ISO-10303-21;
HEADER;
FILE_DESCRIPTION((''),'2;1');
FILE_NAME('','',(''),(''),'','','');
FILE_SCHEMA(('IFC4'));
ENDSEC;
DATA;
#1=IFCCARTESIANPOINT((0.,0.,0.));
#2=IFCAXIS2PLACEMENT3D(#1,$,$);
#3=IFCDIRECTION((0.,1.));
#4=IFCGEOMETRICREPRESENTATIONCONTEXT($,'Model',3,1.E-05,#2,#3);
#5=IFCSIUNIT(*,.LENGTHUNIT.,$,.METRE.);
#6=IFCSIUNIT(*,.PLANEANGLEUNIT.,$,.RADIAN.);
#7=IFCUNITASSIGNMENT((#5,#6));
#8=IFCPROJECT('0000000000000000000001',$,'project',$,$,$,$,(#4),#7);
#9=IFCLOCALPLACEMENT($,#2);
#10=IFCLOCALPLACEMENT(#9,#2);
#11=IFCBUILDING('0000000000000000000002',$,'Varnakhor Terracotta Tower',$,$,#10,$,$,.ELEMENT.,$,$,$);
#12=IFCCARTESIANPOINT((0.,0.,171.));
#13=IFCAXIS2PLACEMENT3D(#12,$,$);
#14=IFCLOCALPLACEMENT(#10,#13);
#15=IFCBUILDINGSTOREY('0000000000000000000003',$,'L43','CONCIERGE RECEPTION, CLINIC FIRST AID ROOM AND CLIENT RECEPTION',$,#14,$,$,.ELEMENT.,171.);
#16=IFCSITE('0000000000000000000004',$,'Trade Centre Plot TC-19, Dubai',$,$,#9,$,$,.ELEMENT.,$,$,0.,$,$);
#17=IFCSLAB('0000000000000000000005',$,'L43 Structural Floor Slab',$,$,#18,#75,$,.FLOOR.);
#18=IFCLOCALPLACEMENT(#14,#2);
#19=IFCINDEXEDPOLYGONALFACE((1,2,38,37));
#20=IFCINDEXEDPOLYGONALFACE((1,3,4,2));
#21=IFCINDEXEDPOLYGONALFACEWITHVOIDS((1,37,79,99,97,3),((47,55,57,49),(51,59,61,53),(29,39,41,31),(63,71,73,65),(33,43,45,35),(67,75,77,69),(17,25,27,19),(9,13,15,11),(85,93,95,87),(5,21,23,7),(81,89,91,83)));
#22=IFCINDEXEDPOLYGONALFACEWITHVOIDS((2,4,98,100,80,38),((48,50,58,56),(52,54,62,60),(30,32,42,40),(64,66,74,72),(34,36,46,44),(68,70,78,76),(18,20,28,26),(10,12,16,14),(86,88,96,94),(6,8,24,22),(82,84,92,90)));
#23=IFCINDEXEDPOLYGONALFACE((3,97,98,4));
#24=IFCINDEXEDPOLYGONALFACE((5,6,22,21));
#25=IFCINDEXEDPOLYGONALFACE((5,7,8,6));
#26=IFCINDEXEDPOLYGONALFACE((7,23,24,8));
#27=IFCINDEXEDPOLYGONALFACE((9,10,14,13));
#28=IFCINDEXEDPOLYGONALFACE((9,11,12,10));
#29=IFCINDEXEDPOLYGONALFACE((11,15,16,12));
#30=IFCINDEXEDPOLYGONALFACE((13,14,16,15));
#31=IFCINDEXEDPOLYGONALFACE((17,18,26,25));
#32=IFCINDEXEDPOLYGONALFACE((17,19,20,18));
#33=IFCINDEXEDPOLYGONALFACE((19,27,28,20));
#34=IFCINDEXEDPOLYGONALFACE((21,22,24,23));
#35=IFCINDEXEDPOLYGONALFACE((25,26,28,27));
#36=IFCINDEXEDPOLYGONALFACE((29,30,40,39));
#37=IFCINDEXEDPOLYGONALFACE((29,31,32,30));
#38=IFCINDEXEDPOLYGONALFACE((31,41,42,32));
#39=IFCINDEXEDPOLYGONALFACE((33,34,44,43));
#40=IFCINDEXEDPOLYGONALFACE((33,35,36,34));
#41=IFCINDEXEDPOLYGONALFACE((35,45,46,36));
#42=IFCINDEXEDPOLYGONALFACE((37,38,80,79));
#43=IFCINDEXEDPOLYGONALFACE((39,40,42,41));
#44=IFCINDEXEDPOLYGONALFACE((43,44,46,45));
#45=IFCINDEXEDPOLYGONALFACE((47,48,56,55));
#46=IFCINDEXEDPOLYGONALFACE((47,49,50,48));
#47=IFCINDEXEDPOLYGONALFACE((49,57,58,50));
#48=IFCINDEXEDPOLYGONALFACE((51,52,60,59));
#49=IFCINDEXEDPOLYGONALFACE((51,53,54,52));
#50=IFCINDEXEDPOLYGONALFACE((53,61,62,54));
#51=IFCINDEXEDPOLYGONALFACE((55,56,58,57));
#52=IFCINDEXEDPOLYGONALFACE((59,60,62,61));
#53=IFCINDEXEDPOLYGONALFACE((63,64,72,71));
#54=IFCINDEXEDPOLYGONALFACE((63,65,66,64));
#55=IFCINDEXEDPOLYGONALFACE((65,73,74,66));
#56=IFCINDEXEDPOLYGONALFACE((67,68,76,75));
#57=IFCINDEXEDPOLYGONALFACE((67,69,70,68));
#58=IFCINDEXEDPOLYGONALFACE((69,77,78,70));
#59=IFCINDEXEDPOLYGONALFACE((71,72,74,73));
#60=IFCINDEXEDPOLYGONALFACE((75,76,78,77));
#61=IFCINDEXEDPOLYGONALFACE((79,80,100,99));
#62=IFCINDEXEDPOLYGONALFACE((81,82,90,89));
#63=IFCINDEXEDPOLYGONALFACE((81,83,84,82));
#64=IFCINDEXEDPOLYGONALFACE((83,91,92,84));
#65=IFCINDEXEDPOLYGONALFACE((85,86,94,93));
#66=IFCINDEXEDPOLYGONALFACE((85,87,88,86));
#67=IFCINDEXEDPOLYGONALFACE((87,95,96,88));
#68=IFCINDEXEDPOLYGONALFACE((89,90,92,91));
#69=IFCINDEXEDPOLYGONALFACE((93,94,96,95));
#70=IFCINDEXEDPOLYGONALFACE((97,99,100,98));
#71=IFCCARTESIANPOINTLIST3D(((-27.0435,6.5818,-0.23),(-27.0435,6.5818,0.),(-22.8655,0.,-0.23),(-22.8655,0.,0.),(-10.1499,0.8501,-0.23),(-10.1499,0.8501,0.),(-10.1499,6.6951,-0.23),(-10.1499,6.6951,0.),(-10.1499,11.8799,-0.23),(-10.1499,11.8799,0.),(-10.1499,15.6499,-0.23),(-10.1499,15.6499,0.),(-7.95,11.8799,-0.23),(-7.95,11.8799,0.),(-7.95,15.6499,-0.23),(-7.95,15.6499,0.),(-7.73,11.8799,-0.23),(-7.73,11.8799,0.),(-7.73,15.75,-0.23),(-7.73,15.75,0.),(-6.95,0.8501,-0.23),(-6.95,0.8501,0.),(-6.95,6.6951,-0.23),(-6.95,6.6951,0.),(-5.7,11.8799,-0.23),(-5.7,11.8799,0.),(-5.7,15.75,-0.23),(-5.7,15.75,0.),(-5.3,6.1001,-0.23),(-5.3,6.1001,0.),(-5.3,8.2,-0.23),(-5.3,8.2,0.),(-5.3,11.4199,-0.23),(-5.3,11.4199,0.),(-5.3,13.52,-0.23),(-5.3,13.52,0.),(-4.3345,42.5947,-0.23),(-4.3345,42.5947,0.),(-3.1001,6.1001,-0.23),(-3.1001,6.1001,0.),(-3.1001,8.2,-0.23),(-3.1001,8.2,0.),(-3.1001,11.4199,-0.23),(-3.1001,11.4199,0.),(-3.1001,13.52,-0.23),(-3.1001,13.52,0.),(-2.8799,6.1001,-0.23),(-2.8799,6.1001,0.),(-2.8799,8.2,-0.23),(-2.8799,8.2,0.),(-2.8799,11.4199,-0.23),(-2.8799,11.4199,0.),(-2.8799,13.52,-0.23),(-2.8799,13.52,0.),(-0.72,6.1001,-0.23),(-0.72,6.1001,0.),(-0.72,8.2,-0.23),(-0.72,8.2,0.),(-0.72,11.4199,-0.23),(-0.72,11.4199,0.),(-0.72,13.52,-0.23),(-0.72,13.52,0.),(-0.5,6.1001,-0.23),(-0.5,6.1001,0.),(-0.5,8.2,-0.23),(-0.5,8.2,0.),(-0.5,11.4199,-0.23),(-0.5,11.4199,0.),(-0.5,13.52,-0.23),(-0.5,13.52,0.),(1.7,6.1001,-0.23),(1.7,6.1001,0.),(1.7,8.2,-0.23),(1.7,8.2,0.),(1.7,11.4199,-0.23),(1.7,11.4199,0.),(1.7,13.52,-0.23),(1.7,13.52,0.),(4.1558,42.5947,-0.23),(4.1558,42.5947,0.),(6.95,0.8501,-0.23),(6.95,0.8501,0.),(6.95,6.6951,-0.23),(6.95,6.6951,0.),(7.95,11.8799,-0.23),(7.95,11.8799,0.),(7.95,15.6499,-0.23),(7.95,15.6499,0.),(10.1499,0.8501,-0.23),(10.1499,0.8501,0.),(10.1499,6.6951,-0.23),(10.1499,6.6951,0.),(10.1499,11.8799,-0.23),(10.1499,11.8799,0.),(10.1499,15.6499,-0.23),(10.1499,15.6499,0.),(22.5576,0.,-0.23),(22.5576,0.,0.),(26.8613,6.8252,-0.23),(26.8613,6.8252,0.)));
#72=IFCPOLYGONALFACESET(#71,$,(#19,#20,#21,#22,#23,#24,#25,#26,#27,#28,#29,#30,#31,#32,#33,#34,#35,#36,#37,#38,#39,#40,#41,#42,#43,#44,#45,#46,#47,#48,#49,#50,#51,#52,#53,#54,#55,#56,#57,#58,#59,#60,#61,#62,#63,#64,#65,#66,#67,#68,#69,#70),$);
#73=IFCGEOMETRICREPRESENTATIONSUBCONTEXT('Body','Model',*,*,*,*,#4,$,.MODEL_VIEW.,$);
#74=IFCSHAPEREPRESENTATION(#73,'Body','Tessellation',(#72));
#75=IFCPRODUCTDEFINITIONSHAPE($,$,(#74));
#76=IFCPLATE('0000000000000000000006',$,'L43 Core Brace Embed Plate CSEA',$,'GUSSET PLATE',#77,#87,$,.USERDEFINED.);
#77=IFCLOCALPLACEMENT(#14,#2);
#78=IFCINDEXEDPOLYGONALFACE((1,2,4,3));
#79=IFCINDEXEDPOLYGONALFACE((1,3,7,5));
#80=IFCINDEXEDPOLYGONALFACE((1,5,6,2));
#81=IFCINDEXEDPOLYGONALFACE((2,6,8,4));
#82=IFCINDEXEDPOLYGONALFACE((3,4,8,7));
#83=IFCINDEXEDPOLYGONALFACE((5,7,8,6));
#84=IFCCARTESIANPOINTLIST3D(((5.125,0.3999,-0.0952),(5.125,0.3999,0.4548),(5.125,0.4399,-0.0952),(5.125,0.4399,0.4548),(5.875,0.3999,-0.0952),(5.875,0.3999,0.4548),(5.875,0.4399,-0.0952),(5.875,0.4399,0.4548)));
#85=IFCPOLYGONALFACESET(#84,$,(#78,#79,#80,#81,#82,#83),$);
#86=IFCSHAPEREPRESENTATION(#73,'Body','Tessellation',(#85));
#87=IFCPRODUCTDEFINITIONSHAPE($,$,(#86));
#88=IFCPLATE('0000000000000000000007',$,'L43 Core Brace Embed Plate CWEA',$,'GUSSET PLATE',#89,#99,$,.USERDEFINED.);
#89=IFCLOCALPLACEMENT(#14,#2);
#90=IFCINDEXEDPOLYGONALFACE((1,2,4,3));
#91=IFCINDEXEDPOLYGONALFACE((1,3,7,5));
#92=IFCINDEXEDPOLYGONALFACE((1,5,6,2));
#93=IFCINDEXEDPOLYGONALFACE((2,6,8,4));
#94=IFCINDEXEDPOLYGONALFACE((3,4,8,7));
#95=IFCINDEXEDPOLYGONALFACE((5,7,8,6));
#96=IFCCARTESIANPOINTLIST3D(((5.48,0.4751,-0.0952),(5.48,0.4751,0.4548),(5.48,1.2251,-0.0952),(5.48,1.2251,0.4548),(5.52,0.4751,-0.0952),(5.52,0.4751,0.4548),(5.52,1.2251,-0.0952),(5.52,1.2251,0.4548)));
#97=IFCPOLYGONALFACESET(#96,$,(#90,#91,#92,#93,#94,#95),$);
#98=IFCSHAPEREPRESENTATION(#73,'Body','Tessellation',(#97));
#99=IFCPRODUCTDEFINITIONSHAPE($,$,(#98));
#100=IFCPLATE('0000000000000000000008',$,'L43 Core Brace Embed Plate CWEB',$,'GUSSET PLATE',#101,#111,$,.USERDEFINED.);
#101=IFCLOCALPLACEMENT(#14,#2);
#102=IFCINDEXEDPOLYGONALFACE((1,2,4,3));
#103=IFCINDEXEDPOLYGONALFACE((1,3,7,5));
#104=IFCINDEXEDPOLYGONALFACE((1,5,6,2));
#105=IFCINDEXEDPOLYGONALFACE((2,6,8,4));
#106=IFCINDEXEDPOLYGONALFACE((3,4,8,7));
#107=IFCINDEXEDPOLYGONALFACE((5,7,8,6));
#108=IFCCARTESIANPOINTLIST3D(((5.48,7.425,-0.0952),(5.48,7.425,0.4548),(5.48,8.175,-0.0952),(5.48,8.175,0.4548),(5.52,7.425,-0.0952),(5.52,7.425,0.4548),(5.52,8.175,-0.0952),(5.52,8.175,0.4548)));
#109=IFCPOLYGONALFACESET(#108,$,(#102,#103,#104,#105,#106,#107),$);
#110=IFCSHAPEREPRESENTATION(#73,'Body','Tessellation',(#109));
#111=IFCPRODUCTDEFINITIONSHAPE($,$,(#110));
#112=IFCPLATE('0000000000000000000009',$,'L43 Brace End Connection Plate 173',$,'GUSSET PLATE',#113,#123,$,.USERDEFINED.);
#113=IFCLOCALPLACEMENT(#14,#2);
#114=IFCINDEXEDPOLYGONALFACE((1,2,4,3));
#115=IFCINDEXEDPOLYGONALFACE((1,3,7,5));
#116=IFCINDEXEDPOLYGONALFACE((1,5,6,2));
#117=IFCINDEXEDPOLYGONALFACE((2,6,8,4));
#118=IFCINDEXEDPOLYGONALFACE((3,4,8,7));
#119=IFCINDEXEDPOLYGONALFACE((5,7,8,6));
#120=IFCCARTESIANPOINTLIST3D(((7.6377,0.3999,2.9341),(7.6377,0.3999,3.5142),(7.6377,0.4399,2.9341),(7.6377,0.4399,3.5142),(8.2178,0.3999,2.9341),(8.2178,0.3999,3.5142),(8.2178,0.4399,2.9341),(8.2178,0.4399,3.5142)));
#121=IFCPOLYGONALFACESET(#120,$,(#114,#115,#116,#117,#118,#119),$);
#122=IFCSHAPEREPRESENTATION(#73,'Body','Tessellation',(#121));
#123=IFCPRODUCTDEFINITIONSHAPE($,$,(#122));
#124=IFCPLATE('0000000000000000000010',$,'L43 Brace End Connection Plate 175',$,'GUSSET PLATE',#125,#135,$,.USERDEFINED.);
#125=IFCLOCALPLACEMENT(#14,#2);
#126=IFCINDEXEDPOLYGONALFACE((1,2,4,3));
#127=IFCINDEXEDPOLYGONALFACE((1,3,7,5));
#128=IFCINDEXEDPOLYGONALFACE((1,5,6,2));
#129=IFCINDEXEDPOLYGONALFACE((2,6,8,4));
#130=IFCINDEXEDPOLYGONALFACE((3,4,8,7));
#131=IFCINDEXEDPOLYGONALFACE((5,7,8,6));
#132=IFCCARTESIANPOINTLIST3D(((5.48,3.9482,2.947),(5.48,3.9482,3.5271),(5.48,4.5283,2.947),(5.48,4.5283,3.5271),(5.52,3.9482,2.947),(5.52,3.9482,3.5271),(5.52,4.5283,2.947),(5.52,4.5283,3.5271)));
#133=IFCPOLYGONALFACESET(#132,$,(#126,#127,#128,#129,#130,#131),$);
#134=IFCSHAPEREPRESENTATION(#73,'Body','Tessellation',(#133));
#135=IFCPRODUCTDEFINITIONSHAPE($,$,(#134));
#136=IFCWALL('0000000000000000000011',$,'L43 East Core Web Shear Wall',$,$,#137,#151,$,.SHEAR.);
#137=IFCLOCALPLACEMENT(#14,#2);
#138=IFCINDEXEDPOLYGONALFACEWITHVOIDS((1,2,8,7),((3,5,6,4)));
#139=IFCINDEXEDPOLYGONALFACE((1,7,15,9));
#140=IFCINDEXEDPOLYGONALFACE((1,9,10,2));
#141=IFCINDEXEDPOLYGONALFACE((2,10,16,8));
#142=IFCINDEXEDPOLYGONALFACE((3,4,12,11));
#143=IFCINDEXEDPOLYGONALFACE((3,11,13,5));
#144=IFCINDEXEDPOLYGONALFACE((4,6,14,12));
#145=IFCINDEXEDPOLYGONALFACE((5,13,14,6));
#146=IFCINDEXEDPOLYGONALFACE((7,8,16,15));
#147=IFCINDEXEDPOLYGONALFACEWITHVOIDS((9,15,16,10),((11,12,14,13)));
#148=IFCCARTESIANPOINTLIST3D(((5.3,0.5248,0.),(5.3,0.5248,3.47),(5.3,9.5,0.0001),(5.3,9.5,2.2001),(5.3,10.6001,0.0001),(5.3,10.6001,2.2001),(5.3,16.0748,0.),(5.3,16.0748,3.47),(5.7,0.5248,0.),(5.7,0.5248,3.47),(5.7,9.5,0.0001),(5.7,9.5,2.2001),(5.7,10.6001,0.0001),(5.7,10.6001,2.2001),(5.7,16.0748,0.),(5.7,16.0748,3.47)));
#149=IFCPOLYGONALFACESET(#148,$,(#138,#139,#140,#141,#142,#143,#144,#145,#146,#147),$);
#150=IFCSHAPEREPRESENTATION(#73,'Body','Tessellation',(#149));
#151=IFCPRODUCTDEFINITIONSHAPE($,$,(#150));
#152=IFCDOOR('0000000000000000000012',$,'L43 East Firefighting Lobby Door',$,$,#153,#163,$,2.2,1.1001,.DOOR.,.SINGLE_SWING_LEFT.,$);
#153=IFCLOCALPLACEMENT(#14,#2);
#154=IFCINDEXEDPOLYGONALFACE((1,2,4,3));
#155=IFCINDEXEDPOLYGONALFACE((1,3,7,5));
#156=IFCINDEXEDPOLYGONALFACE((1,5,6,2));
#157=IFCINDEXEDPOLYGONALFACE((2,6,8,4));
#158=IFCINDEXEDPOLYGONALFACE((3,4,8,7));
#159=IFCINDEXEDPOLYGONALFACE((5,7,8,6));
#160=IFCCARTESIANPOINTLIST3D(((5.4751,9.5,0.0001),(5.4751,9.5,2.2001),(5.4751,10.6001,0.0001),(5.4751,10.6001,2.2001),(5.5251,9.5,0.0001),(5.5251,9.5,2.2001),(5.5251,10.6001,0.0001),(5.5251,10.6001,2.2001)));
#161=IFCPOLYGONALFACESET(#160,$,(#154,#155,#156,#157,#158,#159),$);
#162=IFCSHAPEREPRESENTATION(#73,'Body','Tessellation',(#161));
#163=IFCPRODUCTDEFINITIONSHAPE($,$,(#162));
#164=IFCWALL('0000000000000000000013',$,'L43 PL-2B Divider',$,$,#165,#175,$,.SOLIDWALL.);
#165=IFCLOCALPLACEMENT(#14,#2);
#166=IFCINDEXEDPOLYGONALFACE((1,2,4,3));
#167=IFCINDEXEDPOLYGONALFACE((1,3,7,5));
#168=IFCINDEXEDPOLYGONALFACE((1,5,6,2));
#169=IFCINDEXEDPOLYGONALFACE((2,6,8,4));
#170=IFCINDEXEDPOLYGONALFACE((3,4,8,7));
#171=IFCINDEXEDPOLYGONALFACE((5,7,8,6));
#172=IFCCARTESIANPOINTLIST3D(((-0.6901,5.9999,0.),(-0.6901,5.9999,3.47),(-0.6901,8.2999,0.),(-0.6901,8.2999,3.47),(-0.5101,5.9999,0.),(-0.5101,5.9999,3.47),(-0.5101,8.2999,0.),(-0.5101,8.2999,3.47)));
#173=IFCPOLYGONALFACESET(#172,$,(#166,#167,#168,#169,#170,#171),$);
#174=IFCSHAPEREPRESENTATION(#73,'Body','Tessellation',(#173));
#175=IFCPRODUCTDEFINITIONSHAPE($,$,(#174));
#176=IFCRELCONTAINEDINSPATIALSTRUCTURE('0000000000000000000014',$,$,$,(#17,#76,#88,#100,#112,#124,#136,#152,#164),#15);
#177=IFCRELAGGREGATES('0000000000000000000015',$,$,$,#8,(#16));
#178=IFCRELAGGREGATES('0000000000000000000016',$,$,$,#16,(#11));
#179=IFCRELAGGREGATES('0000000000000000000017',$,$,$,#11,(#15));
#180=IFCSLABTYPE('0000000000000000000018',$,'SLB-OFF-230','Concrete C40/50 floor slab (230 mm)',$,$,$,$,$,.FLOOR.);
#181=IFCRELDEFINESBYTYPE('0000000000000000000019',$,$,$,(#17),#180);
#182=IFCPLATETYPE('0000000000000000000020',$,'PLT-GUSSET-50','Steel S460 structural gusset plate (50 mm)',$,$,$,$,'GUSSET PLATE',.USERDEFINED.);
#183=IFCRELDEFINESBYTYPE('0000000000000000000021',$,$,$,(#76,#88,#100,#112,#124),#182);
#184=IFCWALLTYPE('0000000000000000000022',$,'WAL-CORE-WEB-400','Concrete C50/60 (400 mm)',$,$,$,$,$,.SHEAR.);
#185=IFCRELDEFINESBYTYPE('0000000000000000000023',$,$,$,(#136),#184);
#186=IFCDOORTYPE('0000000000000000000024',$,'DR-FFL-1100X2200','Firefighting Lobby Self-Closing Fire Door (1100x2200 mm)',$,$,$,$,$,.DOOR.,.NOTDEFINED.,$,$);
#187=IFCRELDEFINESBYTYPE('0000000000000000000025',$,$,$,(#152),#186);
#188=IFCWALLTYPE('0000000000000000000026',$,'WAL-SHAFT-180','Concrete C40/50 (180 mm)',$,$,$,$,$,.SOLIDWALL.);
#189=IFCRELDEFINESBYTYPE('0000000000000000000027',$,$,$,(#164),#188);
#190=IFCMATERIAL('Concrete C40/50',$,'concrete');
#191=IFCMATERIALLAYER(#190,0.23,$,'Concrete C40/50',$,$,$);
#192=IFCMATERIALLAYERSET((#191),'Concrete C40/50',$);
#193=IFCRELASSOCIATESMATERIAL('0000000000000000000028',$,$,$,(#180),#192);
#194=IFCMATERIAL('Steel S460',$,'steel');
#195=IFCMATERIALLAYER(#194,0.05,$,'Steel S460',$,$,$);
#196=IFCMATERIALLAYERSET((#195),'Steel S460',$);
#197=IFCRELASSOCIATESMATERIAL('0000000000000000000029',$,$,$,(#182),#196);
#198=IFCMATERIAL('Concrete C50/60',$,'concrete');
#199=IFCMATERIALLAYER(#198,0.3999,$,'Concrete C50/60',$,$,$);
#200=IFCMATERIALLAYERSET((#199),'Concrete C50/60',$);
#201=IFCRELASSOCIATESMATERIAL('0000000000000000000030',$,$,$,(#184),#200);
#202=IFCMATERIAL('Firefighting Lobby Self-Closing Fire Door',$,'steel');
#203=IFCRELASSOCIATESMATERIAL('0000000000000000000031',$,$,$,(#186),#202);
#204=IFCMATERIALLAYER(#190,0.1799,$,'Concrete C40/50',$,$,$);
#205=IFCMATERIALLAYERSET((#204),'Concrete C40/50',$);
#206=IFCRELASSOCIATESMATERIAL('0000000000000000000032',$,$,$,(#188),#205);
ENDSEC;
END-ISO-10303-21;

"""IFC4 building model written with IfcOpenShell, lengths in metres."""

from ifc_helpers import new_model, si_unit, direction, frame, frame_2d, origin, origin_2d, place, context, subcontext, project, spatial, polyline, rectangle, outline, extrude, source, transform, mapped, material, layer, layer_set, type_object, type_shapes, element, fill, save


model = new_model("IFC4")

# Units and contexts
model_context = context("Model", 3, precision=1e-05, world=origin(), true_north=direction((0.0, 1.0)))
body_context = subcontext(model_context, "Body", "Model", "MODEL_VIEW")
ifc_project = project(units=[si_unit("LENGTHUNIT", "METRE"), si_unit("PLANEANGLEUNIT", "RADIAN")], contexts=[model_context])

# Site, building, storey
site_placement = place(None, origin())
site = spatial("IfcSite", under=ifc_project, at=site_placement, Name="Trade Centre Plot TC-19, Dubai", CompositionType="ELEMENT", RefElevation=0.0)
building_placement = place(site_placement, origin())
building = spatial("IfcBuilding", under=site, at=building_placement, Name="Varnakhor Terracotta Tower", CompositionType="ELEMENT")
storey_placement = place(building_placement, frame((0.0, 0.0, 171.0)))
storey = spatial("IfcBuildingStorey", under=building, at=storey_placement, Name="L43", Description="CONCIERGE RECEPTION, CLINIC FIRST AID ROOM AND CLIENT RECEPTION", CompositionType="ELEMENT", Elevation=171.0)

# Shared definitions
ifc_material_1 = material(Name="Concrete C50/60", Category="concrete")

# Shared definitions
ifc_material_2 = material(Name="Steel S460", Category="steel")

# Shared definitions
ifc_material_3 = material(Name="Concrete C40/50", Category="concrete")

# Slab
ifc_layer_1 = layer(ifc_material_3, 0.23, Name="Concrete C40/50")
ifc_layer_set_1 = layer_set([ifc_layer_1], Name="Concrete C40/50")
slab_type_1 = type_object("IfcSlabType", Name="SLB-OFF-230", Description="Concrete C40/50 floor slab (230 mm)", PredefinedType="FLOOR", material=ifc_layer_set_1)
slab_1_placement = place(storey_placement, frame((0.0, 0.0, -0.23)))
element("IfcSlab", 1, at=slab_1_placement, inside=storey, type_object=slab_type_1, Name="L43 Structural Floor Slab", PredefinedType="FLOOR", context=body_context, shape_type="SweptSolid", body=[
    extrude(outline(polyline([(-27.0435, 6.5818), (-4.3345, 42.5947), (4.1558, 42.5947), (26.8613, 6.8252), (22.5576, 0.0), (-22.8655, 0.0), (-27.0435, 6.5818)]), holes=[polyline([(-6.95, 0.8501), (-6.95, 6.6951), (-10.1499, 6.6951), (-10.1499, 0.8501), (-6.95, 0.8501)]), polyline([(-3.1001, 6.1001), (-3.1001, 8.2), (-5.3, 8.2), (-5.3, 6.1001), (-3.1001, 6.1001)]), polyline([(-0.72, 6.1001), (-0.72, 8.2), (-2.8799, 8.2), (-2.8799, 6.1001), (-0.72, 6.1001)]), polyline([(-5.3, 11.4199), (-3.1001, 11.4199), (-3.1001, 13.52), (-5.3, 13.52), (-5.3, 11.4199)]), polyline([(-10.1499, 11.8799), (-7.95, 11.8799), (-7.95, 15.6499), (-10.1499, 15.6499), (-10.1499, 11.8799)]), polyline([(-5.7, 11.8799), (-5.7, 15.75), (-7.73, 15.75), (-7.73, 11.8799), (-5.7, 11.8799)]), polyline([(6.95, 0.8501), (10.1499, 0.8501), (10.1499, 6.6951), (6.95, 6.6951), (6.95, 0.8501)]), polyline([(-0.5, 6.1001), (1.7, 6.1001), (1.7, 8.2), (-0.5, 8.2), (-0.5, 6.1001)]), polyline([(-0.72, 11.4199), (-0.72, 13.52), (-2.8799, 13.52), (-2.8799, 11.4199), (-0.72, 11.4199)]), polyline([(-0.5, 11.4199), (1.7, 11.4199), (1.7, 13.52), (-0.5, 13.52), (-0.5, 11.4199)]), polyline([(7.95, 11.8799), (10.1499, 11.8799), (10.1499, 15.6499), (7.95, 15.6499), (7.95, 11.8799)])]), origin(), (0.0, 0.0, 1.0), 0.23),
])

# Plates
ifc_layer_2 = layer(ifc_material_2, 0.05, Name="Steel S460")
ifc_layer_set_2 = layer_set([ifc_layer_2], Name="Steel S460")
plate_type = type_object("IfcPlateType", Name="PLT-GUSSET-50", Description="Steel S460 structural gusset plate (50 mm)", ElementType="GUSSET PLATE", PredefinedType="USERDEFINED", material=ifc_layer_set_2)
shared_shape_1 = source(origin(), body_context, "Body", "SweptSolid", [
    extrude(rectangle(XDim=0.75, YDim=0.04, at=origin_2d()), origin(), (0.0, 0.0, 1.0), 0.55),
])
type_shapes(plate_type, [shared_shape_1])
for number, where, z_axis, x_axis, name in (
    (2, (5.5, 0.4199, -0.0952), (0.0, 0.0, 1.0), (1.0, 0.0, 0.0), "L43 Core Brace Embed Plate CSEA"),
    (3, (5.5, 0.8501, -0.0952), (0.0, 0.0, 1.0), (0.0, 1.0, 0.0), "L43 Core Brace Embed Plate CWEA"),
    (4, (5.5, 7.8, -0.0952), (0.0, 0.0, 1.0), (0.0, 1.0, 0.0), "L43 Core Brace Embed Plate CWEB"),
):
    element("IfcPlate", number, at=place(storey_placement, frame(where, z_axis=z_axis, x_axis=x_axis)), inside=storey, type_object=plate_type, Name=name, ObjectType="GUSSET PLATE", PredefinedType="USERDEFINED", context=body_context, shape_type="MappedRepresentation", body=[
        mapped(shared_shape_1, transform((0.0, 0.0, 0.0), scale=1.0)),
    ])
shared_shape_2 = source(origin(), body_context, "Body", "SweptSolid", [
    extrude(rectangle(XDim=0.5801, YDim=0.04, at=origin_2d()), origin(), (0.0, 0.0, 1.0), 0.5801),
])
for number, where, z_axis, x_axis, name in (
    (5, (7.9277, 0.4199, 2.9341), (0.0, 0.0, 1.0), (1.0, 0.0, 0.0), "L43 Brace End Connection Plate 173"),
    (6, (5.5, 4.2383, 2.947), (0.0, 0.0, 1.0), (0.0, 1.0, 0.0), "L43 Brace End Connection Plate 175"),
):
    element("IfcPlate", number, at=place(storey_placement, frame(where, z_axis=z_axis, x_axis=x_axis)), inside=storey, type_object=plate_type, Name=name, ObjectType="GUSSET PLATE", PredefinedType="USERDEFINED", context=body_context, shape_type="MappedRepresentation", body=[
        mapped(shared_shape_2, transform((0.0, 0.0, 0.0), scale=1.0)),
    ])

# Wall, opening, door
ifc_layer_3 = layer(ifc_material_1, 0.3999, Name="Concrete C50/60")
ifc_layer_set_3 = layer_set([ifc_layer_3], Name="Concrete C50/60")
wall_type_1 = type_object("IfcWallType", Name="WAL-CORE-WEB-400", Description="Concrete C50/60 (400 mm)", PredefinedType="SHEAR", material=ifc_layer_set_3)
wall_1_placement = place(storey_placement, frame((5.5, 0.5249, 0.0), z_axis=(0.0, 0.0, 1.0), x_axis=(0.0, 1.0, 0.0)))
wall_1 = element("IfcWall", 7, at=wall_1_placement, inside=storey, type_object=wall_type_1, Name="L43 East Core Web Shear Wall", PredefinedType="SHEAR", context=body_context, shape_type="SweptSolid", body=[
    extrude(rectangle(XDim=15.55, YDim=0.3999, at=frame_2d((7.7749, 0.0))), origin(), (0.0, 0.0, 1.0), 3.47),
])
opening_1_placement = place(wall_1_placement, frame((8.9751, 0.0, 0.0)))
opening_1 = element("IfcOpeningElement", 8, at=opening_1_placement, cuts=wall_1, PredefinedType="OPENING", context=body_context, shape_type="SweptSolid", body=[
    extrude(rectangle(XDim=1.1001, YDim=2.2, at=frame_2d((0.55, 1.1001))), frame((0.0, 0.21, 0.0), z_axis=(0.0, -1.0, 0.0), x_axis=(1.0, 0.0, 0.0)), (0.0, 0.0, 1.0), 0.4199),
])
ifc_material_4 = material(Name="Firefighting Lobby Self-Closing Fire Door", Category="steel")
door_type_1 = type_object("IfcDoorType", Name="DR-FFL-1100X2200", Description="Firefighting Lobby Self-Closing Fire Door (1100x2200 mm)", OperationType="NOTDEFINED", PredefinedType="DOOR", material=ifc_material_4)
shared_shape_3 = source(origin(), body_context, "Body", "SweptSolid", [
    extrude(rectangle(XDim=1.1001, YDim=2.2, at=frame_2d((0.55, 1.1001))), frame((0.0, 0.0249, 0.0), z_axis=(0.0, -1.0, 0.0), x_axis=(1.0, 0.0, 0.0)), (0.0, 0.0, 1.0), 0.05),
])
type_shapes(door_type_1, [shared_shape_3])
door_1_placement = place(opening_1_placement, origin())
door_1 = element("IfcDoor", 9, at=door_1_placement, inside=storey, type_object=door_type_1, Name="L43 East Firefighting Lobby Door", OperationType="SINGLE_SWING_LEFT", OverallHeight=2.2, OverallWidth=1.1001, PredefinedType="DOOR", context=body_context, shape_type="MappedRepresentation", body=[
    mapped(shared_shape_3, transform((0.0, 0.0, 0.0), scale=1.0)),
])
fill(opening_1, door_1)

# Wall
ifc_layer_4 = layer(ifc_material_3, 0.1799, Name="Concrete C40/50")
ifc_layer_set_4 = layer_set([ifc_layer_4], Name="Concrete C40/50")
wall_type_2 = type_object("IfcWallType", Name="WAL-SHAFT-180", Description="Concrete C40/50 (180 mm)", PredefinedType="SOLIDWALL", material=ifc_layer_set_4)
wall_2_placement = place(storey_placement, frame((-0.6001, 6.0, 0.0), z_axis=(0.0, 0.0, 1.0), x_axis=(0.0, 1.0, 0.0)))
element("IfcWall", 10, at=wall_2_placement, inside=storey, type_object=wall_type_2, Name="L43 PL-2B Divider", PredefinedType="SOLIDWALL", context=body_context, shape_type="SweptSolid", body=[
    extrude(rectangle(XDim=2.3, YDim=0.1799, at=frame_2d((1.1499, 0.0))), origin(), (0.0, 0.0, 1.0), 3.47),
])

save(model, "model.ifc")
